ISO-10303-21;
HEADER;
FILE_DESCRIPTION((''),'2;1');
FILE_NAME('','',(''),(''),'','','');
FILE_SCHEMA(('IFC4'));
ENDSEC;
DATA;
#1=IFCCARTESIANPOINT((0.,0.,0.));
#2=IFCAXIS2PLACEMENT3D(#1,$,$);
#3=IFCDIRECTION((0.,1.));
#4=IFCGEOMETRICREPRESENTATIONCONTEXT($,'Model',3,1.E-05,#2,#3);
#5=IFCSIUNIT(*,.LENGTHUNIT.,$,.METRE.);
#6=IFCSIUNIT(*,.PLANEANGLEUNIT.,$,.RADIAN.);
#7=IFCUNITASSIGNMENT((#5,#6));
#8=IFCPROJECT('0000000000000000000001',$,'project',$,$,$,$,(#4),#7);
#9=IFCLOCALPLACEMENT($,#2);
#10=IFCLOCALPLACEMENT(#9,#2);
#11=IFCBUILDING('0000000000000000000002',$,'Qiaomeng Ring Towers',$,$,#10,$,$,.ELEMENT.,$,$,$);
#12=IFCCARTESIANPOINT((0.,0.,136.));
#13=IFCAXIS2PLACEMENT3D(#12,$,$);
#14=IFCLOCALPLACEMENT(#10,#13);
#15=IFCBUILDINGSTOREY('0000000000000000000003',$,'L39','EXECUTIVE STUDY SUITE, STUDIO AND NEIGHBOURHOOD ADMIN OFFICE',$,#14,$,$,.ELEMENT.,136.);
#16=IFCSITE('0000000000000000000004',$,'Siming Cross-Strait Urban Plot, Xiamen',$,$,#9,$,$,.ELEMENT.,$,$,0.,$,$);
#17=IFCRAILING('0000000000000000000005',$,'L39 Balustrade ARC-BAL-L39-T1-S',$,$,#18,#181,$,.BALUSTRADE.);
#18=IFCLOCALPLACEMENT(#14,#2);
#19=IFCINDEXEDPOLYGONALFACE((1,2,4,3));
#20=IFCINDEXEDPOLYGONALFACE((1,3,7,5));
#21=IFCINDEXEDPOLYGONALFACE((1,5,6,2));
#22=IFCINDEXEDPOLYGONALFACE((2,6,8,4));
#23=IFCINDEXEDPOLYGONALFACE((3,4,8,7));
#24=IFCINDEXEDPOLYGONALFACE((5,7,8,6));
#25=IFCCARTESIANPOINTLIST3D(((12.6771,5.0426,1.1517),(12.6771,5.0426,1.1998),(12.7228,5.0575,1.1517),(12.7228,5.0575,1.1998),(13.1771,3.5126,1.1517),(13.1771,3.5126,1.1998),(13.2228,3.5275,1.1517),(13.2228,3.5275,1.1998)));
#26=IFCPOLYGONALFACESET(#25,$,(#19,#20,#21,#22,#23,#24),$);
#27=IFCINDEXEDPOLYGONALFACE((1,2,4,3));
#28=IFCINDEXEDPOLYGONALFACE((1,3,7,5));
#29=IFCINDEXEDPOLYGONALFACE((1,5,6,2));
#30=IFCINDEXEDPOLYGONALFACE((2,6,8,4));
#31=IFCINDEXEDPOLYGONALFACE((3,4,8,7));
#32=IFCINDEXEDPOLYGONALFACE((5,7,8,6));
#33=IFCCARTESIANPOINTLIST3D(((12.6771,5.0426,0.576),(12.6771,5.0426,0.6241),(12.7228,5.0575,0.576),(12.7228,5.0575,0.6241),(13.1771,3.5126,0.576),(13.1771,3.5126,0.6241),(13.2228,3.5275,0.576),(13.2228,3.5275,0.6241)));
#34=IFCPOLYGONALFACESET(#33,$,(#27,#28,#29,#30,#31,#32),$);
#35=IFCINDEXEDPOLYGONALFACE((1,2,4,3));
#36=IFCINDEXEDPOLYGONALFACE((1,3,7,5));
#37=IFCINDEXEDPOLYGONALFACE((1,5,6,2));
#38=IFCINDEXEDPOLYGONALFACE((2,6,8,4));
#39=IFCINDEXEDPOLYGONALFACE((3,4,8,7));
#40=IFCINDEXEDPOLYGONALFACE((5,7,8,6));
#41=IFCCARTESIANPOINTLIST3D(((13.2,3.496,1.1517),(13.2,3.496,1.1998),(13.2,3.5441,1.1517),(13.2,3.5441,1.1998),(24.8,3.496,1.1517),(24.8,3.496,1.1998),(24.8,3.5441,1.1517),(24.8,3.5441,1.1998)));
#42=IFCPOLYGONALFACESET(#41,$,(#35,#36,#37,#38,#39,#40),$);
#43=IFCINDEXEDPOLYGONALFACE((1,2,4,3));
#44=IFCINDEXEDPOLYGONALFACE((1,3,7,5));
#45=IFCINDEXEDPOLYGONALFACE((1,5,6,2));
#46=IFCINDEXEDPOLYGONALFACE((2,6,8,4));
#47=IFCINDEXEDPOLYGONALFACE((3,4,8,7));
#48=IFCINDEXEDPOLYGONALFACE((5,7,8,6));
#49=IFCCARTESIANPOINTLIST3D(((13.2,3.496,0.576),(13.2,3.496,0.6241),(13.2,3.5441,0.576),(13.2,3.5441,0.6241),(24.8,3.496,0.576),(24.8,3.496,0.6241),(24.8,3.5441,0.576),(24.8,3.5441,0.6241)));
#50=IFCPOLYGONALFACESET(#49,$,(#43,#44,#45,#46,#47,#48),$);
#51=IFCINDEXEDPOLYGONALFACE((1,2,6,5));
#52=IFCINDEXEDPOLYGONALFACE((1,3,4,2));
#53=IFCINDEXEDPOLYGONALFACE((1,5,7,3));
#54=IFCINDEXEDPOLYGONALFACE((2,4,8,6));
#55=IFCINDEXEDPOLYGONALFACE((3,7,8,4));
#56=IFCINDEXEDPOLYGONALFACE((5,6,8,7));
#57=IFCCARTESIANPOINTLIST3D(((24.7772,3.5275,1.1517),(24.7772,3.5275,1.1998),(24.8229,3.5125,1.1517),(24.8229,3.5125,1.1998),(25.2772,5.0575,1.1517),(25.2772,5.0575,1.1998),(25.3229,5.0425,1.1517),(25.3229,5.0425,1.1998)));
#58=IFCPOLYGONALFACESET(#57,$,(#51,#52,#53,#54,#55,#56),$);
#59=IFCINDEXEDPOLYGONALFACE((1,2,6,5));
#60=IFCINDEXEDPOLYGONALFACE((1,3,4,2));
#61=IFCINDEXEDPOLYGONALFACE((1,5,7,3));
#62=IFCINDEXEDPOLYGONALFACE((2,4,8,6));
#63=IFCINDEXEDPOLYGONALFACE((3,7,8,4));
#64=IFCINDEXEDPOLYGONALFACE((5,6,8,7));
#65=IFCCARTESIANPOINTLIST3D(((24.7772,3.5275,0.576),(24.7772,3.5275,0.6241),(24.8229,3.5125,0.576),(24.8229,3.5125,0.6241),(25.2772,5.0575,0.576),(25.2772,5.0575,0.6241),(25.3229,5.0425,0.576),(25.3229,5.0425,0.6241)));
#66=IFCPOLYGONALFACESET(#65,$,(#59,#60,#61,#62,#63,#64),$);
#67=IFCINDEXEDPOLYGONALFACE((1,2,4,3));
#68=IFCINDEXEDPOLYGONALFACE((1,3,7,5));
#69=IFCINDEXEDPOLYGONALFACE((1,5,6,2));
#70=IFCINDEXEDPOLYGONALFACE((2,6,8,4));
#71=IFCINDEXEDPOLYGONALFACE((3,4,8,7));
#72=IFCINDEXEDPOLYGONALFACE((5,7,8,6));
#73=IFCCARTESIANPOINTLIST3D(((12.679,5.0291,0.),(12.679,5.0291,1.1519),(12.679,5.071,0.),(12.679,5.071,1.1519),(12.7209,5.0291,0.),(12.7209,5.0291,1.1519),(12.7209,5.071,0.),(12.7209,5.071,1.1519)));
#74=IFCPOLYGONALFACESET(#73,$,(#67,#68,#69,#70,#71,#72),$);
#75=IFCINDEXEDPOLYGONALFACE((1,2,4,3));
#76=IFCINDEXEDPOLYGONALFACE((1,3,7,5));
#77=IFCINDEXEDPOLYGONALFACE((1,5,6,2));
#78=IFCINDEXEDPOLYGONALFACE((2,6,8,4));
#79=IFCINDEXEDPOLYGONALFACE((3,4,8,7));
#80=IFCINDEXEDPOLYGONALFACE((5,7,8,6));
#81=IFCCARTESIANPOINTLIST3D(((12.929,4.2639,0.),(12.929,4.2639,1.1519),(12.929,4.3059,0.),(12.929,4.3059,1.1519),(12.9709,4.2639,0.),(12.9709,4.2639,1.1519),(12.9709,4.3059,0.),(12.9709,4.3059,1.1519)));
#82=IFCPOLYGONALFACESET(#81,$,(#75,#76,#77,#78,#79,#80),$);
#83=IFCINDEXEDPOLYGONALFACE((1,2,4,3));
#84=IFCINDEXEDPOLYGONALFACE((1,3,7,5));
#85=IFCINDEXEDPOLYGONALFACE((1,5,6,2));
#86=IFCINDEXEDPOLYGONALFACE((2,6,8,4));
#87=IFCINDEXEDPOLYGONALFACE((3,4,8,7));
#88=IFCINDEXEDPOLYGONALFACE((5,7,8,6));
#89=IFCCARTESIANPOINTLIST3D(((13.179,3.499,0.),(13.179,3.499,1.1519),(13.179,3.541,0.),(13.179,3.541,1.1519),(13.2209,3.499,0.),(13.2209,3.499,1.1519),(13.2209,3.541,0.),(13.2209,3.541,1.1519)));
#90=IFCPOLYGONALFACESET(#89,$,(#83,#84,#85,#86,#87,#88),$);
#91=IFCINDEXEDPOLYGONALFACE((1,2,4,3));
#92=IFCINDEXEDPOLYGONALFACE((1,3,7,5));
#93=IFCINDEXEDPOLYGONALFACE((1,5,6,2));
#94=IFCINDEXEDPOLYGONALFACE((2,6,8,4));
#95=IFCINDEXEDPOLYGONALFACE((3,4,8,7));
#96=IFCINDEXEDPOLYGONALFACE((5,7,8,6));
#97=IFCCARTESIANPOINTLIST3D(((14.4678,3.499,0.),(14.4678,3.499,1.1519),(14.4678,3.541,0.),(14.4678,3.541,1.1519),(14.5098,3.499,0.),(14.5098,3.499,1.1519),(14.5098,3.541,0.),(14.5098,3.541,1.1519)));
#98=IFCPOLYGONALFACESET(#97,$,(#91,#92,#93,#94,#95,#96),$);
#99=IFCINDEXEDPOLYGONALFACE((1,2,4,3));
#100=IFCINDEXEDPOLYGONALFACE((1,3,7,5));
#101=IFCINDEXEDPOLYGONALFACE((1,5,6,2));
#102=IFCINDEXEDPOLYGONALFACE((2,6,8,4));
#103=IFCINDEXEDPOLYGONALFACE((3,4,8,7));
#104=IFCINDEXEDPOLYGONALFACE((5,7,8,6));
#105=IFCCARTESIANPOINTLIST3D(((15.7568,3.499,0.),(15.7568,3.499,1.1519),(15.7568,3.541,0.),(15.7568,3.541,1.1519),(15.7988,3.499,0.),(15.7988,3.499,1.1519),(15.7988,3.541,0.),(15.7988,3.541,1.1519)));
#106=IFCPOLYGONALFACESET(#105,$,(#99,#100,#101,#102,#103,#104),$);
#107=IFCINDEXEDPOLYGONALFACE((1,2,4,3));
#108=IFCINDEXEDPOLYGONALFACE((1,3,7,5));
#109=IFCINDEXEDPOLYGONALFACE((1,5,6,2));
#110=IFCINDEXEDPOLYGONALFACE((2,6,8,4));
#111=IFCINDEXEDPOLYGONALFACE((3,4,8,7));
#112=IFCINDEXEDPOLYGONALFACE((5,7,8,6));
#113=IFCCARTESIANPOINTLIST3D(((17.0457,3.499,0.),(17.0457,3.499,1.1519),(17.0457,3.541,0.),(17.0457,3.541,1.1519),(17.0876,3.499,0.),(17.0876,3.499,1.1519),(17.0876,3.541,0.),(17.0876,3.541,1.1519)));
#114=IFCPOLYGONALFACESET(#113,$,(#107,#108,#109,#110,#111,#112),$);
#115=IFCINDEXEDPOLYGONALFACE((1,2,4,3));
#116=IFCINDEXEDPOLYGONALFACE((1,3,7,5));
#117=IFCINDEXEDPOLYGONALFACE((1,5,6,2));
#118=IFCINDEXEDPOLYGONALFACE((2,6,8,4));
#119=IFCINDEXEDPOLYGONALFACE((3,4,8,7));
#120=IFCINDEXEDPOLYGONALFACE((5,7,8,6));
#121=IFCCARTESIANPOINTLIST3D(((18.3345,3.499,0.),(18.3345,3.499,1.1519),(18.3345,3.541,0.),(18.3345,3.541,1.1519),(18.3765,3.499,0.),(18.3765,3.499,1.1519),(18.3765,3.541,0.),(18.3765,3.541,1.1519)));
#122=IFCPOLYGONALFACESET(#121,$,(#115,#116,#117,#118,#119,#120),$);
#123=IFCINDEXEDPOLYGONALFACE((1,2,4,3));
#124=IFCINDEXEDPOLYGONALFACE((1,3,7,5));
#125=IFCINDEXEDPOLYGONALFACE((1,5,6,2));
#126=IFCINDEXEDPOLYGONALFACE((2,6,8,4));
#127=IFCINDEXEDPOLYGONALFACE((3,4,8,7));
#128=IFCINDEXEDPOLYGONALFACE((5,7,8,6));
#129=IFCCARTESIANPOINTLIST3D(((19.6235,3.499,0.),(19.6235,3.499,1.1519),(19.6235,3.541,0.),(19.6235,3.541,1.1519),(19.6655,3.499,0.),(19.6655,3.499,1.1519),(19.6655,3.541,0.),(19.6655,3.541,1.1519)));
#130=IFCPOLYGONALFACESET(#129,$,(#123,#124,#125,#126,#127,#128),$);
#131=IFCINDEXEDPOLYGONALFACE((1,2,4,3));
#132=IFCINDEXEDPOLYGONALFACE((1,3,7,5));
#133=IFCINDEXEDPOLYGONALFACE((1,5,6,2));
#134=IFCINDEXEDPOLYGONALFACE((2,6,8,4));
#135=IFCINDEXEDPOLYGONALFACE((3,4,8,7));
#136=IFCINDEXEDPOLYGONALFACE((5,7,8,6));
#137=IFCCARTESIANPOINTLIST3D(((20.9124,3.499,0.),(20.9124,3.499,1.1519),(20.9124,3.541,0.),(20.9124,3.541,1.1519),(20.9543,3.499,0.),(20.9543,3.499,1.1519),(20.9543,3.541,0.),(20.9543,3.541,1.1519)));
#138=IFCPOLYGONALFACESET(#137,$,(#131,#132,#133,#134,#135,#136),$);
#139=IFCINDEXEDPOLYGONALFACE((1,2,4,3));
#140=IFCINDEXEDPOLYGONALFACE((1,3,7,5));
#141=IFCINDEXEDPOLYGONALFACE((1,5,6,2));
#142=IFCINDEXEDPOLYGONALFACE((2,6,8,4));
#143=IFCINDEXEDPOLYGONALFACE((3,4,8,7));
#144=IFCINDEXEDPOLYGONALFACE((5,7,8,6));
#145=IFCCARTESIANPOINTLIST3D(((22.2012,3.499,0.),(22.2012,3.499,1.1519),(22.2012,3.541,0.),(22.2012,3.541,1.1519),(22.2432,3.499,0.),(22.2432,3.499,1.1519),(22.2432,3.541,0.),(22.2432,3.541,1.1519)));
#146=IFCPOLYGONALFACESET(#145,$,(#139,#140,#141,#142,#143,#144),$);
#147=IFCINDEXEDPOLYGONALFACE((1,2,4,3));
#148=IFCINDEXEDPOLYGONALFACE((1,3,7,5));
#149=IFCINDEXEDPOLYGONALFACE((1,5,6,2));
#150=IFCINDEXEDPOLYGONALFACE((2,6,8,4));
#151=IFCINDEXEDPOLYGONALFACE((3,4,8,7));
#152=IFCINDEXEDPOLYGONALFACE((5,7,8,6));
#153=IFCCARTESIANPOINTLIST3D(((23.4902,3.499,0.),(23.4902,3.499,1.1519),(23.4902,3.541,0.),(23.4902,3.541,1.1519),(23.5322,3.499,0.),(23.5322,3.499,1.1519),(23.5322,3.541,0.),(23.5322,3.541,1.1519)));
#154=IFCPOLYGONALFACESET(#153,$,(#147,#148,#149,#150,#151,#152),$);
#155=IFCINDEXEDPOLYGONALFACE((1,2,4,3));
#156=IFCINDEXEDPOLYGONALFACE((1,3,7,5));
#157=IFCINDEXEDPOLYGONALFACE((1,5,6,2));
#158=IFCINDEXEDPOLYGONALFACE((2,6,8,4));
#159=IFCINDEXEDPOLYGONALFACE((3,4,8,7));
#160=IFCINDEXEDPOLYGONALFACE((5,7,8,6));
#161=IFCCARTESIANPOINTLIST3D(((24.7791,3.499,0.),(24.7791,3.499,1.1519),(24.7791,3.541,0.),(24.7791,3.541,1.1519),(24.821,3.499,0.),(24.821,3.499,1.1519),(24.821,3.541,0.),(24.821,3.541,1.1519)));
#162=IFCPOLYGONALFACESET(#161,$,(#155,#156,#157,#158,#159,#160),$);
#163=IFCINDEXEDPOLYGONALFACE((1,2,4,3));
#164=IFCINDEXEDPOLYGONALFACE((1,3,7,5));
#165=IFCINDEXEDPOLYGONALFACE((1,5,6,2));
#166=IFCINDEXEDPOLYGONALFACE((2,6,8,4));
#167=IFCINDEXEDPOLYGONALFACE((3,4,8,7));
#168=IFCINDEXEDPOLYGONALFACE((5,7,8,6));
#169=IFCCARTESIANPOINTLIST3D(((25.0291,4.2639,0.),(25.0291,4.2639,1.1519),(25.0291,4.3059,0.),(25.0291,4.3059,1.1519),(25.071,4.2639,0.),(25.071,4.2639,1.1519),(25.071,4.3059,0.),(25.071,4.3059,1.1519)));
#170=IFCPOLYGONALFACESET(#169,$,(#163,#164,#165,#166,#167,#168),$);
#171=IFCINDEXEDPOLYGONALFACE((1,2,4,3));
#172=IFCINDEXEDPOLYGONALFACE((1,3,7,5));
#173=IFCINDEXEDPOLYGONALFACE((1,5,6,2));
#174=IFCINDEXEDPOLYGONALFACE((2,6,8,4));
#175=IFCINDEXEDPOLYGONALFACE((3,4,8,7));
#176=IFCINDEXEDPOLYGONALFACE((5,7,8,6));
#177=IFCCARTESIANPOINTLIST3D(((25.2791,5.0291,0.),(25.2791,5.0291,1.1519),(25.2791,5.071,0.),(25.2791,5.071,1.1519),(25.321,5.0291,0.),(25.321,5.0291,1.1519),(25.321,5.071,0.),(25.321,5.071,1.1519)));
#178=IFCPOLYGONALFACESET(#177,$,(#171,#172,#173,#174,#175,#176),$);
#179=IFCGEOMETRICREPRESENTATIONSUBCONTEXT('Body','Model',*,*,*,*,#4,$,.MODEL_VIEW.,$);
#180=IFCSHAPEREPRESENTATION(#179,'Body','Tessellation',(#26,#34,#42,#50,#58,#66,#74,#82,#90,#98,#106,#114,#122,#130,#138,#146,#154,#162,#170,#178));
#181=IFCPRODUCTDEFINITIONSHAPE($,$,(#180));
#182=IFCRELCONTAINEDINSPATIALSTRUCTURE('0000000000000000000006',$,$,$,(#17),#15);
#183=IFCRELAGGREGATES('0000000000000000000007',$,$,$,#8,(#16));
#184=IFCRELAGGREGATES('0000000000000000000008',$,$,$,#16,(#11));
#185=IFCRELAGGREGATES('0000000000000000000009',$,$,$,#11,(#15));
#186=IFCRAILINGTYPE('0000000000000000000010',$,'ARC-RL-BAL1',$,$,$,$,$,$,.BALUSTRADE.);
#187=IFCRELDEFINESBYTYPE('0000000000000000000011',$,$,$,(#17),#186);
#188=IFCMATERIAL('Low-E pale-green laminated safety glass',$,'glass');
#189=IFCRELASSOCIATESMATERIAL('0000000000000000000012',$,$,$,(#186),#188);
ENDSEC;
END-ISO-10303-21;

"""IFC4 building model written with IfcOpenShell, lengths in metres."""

from ifc_helpers import new_model, si_unit, direction, frame, origin, origin_2d, place, context, subcontext, project, spatial, rectangle, extrude, material, type_object, element, save


model = new_model("IFC4")

# Units and contexts
model_context = context("Model", 3, precision=1e-05, world=origin(), true_north=direction((0.0, 1.0)))
body_context = subcontext(model_context, "Body", "Model", "MODEL_VIEW")
ifc_project = project(units=[si_unit("LENGTHUNIT", "METRE"), si_unit("PLANEANGLEUNIT", "RADIAN")], contexts=[model_context])

# Site, building, storey
site_placement = place(None, origin())
site = spatial("IfcSite", under=ifc_project, at=site_placement, Name="Siming Cross-Strait Urban Plot, Xiamen", CompositionType="ELEMENT", RefElevation=0.0)
building_placement = place(site_placement, origin())
building = spatial("IfcBuilding", under=site, at=building_placement, Name="Qiaomeng Ring Towers", CompositionType="ELEMENT")
storey_placement = place(building_placement, frame((0.0, 0.0, 136.0)))
storey = spatial("IfcBuildingStorey", under=building, at=storey_placement, Name="L39", Description="EXECUTIVE STUDY SUITE, STUDIO AND NEIGHBOURHOOD ADMIN OFFICE", CompositionType="ELEMENT", Elevation=136.0)

# Railing
ifc_material_1 = material(Name="Low-E pale-green laminated safety glass", Category="glass")
railing_type = type_object("IfcRailingType", Name="ARC-RL-BAL1", PredefinedType="BALUSTRADE", material=ifc_material_1)
railing_placement = place(storey_placement, frame((12.7, 5.05, 0.0)))
element("IfcRailing", 1, at=railing_placement, inside=storey, type_object=railing_type, Name="L39 Balustrade ARC-BAL-L39-T1-S", PredefinedType="BALUSTRADE", context=body_context, shape_type="SweptSolid", body=[
    extrude(rectangle(XDim=0.0481, YDim=0.0481, at=origin_2d()), frame((0.0, 0.0, 1.1758), z_axis=(0.310626, -0.950532, 0.0), x_axis=(0.950532, 0.310626, 0.0)), (0.0, 0.0, 1.0), 1.6096),
    extrude(rectangle(XDim=0.0481, YDim=0.0481, at=origin_2d()), frame((0.0, 0.0, 0.6001), z_axis=(0.310626, -0.950532, 0.0), x_axis=(0.950532, 0.310626, 0.0)), (0.0, 0.0, 1.0), 1.6096),
    extrude(rectangle(XDim=0.0481, YDim=0.0481, at=origin_2d()), frame((0.5, -1.53, 1.1758), z_axis=(1.0, 0.0, 0.0), x_axis=(0.0, 1.0, 0.0)), (0.0, 0.0, 1.0), 11.6001),
    extrude(rectangle(XDim=0.0481, YDim=0.0481, at=origin_2d()), frame((0.5, -1.53, 0.6001), z_axis=(1.0, 0.0, 0.0), x_axis=(0.0, 1.0, 0.0)), (0.0, 0.0, 1.0), 11.6001),
    extrude(rectangle(XDim=0.0481, YDim=0.0481, at=origin_2d()), frame((12.1001, -1.53, 1.1758), z_axis=(0.310626, 0.950532, 0.0), x_axis=(-0.950532, 0.310626, 0.0)), (0.0, 0.0, 1.0), 1.6096),
    extrude(rectangle(XDim=0.0481, YDim=0.0481, at=origin_2d()), frame((12.1001, -1.53, 0.6001), z_axis=(0.310626, 0.950532, 0.0), x_axis=(-0.950532, 0.310626, 0.0)), (0.0, 0.0, 1.0), 1.6096),
    extrude(rectangle(XDim=0.042, YDim=0.042, at=origin_2d()), origin(), (0.0, 0.0, 1.0), 1.1519),
    extrude(rectangle(XDim=0.042, YDim=0.042, at=origin_2d()), frame((0.25, -0.7651, 0.0)), (0.0, 0.0, 1.0), 1.1519),
    extrude(rectangle(XDim=0.042, YDim=0.042, at=origin_2d()), frame((0.5, -1.53, 0.0)), (0.0, 0.0, 1.0), 1.1519),
    extrude(rectangle(XDim=0.042, YDim=0.042, at=origin_2d()), frame((1.7888, -1.53, 0.0)), (0.0, 0.0, 1.0), 1.1519),
    extrude(rectangle(XDim=0.042, YDim=0.042, at=origin_2d()), frame((3.0779, -1.53, 0.0)), (0.0, 0.0, 1.0), 1.1519),
    extrude(rectangle(XDim=0.042, YDim=0.042, at=origin_2d()), frame((4.3667, -1.53, 0.0)), (0.0, 0.0, 1.0), 1.1519),
    extrude(rectangle(XDim=0.042, YDim=0.042, at=origin_2d()), frame((5.6555, -1.53, 0.0)), (0.0, 0.0, 1.0), 1.1519),
    extrude(rectangle(XDim=0.042, YDim=0.042, at=origin_2d()), frame((6.9446, -1.53, 0.0)), (0.0, 0.0, 1.0), 1.1519),
    extrude(rectangle(XDim=0.042, YDim=0.042, at=origin_2d()), frame((8.2334, -1.53, 0.0)), (0.0, 0.0, 1.0), 1.1519),
    extrude(rectangle(XDim=0.042, YDim=0.042, at=origin_2d()), frame((9.5222, -1.53, 0.0)), (0.0, 0.0, 1.0), 1.1519),
    extrude(rectangle(XDim=0.042, YDim=0.042, at=origin_2d()), frame((10.8113, -1.53, 0.0)), (0.0, 0.0, 1.0), 1.1519),
    extrude(rectangle(XDim=0.042, YDim=0.042, at=origin_2d()), frame((12.1001, -1.53, 0.0)), (0.0, 0.0, 1.0), 1.1519),
    extrude(rectangle(XDim=0.042, YDim=0.042, at=origin_2d()), frame((12.3501, -0.7651, 0.0)), (0.0, 0.0, 1.0), 1.1519),
    extrude(rectangle(XDim=0.042, YDim=0.042, at=origin_2d()), frame((12.6001, 0.0, 0.0)), (0.0, 0.0, 1.0), 1.1519),
])

save(model, "model.ifc")
